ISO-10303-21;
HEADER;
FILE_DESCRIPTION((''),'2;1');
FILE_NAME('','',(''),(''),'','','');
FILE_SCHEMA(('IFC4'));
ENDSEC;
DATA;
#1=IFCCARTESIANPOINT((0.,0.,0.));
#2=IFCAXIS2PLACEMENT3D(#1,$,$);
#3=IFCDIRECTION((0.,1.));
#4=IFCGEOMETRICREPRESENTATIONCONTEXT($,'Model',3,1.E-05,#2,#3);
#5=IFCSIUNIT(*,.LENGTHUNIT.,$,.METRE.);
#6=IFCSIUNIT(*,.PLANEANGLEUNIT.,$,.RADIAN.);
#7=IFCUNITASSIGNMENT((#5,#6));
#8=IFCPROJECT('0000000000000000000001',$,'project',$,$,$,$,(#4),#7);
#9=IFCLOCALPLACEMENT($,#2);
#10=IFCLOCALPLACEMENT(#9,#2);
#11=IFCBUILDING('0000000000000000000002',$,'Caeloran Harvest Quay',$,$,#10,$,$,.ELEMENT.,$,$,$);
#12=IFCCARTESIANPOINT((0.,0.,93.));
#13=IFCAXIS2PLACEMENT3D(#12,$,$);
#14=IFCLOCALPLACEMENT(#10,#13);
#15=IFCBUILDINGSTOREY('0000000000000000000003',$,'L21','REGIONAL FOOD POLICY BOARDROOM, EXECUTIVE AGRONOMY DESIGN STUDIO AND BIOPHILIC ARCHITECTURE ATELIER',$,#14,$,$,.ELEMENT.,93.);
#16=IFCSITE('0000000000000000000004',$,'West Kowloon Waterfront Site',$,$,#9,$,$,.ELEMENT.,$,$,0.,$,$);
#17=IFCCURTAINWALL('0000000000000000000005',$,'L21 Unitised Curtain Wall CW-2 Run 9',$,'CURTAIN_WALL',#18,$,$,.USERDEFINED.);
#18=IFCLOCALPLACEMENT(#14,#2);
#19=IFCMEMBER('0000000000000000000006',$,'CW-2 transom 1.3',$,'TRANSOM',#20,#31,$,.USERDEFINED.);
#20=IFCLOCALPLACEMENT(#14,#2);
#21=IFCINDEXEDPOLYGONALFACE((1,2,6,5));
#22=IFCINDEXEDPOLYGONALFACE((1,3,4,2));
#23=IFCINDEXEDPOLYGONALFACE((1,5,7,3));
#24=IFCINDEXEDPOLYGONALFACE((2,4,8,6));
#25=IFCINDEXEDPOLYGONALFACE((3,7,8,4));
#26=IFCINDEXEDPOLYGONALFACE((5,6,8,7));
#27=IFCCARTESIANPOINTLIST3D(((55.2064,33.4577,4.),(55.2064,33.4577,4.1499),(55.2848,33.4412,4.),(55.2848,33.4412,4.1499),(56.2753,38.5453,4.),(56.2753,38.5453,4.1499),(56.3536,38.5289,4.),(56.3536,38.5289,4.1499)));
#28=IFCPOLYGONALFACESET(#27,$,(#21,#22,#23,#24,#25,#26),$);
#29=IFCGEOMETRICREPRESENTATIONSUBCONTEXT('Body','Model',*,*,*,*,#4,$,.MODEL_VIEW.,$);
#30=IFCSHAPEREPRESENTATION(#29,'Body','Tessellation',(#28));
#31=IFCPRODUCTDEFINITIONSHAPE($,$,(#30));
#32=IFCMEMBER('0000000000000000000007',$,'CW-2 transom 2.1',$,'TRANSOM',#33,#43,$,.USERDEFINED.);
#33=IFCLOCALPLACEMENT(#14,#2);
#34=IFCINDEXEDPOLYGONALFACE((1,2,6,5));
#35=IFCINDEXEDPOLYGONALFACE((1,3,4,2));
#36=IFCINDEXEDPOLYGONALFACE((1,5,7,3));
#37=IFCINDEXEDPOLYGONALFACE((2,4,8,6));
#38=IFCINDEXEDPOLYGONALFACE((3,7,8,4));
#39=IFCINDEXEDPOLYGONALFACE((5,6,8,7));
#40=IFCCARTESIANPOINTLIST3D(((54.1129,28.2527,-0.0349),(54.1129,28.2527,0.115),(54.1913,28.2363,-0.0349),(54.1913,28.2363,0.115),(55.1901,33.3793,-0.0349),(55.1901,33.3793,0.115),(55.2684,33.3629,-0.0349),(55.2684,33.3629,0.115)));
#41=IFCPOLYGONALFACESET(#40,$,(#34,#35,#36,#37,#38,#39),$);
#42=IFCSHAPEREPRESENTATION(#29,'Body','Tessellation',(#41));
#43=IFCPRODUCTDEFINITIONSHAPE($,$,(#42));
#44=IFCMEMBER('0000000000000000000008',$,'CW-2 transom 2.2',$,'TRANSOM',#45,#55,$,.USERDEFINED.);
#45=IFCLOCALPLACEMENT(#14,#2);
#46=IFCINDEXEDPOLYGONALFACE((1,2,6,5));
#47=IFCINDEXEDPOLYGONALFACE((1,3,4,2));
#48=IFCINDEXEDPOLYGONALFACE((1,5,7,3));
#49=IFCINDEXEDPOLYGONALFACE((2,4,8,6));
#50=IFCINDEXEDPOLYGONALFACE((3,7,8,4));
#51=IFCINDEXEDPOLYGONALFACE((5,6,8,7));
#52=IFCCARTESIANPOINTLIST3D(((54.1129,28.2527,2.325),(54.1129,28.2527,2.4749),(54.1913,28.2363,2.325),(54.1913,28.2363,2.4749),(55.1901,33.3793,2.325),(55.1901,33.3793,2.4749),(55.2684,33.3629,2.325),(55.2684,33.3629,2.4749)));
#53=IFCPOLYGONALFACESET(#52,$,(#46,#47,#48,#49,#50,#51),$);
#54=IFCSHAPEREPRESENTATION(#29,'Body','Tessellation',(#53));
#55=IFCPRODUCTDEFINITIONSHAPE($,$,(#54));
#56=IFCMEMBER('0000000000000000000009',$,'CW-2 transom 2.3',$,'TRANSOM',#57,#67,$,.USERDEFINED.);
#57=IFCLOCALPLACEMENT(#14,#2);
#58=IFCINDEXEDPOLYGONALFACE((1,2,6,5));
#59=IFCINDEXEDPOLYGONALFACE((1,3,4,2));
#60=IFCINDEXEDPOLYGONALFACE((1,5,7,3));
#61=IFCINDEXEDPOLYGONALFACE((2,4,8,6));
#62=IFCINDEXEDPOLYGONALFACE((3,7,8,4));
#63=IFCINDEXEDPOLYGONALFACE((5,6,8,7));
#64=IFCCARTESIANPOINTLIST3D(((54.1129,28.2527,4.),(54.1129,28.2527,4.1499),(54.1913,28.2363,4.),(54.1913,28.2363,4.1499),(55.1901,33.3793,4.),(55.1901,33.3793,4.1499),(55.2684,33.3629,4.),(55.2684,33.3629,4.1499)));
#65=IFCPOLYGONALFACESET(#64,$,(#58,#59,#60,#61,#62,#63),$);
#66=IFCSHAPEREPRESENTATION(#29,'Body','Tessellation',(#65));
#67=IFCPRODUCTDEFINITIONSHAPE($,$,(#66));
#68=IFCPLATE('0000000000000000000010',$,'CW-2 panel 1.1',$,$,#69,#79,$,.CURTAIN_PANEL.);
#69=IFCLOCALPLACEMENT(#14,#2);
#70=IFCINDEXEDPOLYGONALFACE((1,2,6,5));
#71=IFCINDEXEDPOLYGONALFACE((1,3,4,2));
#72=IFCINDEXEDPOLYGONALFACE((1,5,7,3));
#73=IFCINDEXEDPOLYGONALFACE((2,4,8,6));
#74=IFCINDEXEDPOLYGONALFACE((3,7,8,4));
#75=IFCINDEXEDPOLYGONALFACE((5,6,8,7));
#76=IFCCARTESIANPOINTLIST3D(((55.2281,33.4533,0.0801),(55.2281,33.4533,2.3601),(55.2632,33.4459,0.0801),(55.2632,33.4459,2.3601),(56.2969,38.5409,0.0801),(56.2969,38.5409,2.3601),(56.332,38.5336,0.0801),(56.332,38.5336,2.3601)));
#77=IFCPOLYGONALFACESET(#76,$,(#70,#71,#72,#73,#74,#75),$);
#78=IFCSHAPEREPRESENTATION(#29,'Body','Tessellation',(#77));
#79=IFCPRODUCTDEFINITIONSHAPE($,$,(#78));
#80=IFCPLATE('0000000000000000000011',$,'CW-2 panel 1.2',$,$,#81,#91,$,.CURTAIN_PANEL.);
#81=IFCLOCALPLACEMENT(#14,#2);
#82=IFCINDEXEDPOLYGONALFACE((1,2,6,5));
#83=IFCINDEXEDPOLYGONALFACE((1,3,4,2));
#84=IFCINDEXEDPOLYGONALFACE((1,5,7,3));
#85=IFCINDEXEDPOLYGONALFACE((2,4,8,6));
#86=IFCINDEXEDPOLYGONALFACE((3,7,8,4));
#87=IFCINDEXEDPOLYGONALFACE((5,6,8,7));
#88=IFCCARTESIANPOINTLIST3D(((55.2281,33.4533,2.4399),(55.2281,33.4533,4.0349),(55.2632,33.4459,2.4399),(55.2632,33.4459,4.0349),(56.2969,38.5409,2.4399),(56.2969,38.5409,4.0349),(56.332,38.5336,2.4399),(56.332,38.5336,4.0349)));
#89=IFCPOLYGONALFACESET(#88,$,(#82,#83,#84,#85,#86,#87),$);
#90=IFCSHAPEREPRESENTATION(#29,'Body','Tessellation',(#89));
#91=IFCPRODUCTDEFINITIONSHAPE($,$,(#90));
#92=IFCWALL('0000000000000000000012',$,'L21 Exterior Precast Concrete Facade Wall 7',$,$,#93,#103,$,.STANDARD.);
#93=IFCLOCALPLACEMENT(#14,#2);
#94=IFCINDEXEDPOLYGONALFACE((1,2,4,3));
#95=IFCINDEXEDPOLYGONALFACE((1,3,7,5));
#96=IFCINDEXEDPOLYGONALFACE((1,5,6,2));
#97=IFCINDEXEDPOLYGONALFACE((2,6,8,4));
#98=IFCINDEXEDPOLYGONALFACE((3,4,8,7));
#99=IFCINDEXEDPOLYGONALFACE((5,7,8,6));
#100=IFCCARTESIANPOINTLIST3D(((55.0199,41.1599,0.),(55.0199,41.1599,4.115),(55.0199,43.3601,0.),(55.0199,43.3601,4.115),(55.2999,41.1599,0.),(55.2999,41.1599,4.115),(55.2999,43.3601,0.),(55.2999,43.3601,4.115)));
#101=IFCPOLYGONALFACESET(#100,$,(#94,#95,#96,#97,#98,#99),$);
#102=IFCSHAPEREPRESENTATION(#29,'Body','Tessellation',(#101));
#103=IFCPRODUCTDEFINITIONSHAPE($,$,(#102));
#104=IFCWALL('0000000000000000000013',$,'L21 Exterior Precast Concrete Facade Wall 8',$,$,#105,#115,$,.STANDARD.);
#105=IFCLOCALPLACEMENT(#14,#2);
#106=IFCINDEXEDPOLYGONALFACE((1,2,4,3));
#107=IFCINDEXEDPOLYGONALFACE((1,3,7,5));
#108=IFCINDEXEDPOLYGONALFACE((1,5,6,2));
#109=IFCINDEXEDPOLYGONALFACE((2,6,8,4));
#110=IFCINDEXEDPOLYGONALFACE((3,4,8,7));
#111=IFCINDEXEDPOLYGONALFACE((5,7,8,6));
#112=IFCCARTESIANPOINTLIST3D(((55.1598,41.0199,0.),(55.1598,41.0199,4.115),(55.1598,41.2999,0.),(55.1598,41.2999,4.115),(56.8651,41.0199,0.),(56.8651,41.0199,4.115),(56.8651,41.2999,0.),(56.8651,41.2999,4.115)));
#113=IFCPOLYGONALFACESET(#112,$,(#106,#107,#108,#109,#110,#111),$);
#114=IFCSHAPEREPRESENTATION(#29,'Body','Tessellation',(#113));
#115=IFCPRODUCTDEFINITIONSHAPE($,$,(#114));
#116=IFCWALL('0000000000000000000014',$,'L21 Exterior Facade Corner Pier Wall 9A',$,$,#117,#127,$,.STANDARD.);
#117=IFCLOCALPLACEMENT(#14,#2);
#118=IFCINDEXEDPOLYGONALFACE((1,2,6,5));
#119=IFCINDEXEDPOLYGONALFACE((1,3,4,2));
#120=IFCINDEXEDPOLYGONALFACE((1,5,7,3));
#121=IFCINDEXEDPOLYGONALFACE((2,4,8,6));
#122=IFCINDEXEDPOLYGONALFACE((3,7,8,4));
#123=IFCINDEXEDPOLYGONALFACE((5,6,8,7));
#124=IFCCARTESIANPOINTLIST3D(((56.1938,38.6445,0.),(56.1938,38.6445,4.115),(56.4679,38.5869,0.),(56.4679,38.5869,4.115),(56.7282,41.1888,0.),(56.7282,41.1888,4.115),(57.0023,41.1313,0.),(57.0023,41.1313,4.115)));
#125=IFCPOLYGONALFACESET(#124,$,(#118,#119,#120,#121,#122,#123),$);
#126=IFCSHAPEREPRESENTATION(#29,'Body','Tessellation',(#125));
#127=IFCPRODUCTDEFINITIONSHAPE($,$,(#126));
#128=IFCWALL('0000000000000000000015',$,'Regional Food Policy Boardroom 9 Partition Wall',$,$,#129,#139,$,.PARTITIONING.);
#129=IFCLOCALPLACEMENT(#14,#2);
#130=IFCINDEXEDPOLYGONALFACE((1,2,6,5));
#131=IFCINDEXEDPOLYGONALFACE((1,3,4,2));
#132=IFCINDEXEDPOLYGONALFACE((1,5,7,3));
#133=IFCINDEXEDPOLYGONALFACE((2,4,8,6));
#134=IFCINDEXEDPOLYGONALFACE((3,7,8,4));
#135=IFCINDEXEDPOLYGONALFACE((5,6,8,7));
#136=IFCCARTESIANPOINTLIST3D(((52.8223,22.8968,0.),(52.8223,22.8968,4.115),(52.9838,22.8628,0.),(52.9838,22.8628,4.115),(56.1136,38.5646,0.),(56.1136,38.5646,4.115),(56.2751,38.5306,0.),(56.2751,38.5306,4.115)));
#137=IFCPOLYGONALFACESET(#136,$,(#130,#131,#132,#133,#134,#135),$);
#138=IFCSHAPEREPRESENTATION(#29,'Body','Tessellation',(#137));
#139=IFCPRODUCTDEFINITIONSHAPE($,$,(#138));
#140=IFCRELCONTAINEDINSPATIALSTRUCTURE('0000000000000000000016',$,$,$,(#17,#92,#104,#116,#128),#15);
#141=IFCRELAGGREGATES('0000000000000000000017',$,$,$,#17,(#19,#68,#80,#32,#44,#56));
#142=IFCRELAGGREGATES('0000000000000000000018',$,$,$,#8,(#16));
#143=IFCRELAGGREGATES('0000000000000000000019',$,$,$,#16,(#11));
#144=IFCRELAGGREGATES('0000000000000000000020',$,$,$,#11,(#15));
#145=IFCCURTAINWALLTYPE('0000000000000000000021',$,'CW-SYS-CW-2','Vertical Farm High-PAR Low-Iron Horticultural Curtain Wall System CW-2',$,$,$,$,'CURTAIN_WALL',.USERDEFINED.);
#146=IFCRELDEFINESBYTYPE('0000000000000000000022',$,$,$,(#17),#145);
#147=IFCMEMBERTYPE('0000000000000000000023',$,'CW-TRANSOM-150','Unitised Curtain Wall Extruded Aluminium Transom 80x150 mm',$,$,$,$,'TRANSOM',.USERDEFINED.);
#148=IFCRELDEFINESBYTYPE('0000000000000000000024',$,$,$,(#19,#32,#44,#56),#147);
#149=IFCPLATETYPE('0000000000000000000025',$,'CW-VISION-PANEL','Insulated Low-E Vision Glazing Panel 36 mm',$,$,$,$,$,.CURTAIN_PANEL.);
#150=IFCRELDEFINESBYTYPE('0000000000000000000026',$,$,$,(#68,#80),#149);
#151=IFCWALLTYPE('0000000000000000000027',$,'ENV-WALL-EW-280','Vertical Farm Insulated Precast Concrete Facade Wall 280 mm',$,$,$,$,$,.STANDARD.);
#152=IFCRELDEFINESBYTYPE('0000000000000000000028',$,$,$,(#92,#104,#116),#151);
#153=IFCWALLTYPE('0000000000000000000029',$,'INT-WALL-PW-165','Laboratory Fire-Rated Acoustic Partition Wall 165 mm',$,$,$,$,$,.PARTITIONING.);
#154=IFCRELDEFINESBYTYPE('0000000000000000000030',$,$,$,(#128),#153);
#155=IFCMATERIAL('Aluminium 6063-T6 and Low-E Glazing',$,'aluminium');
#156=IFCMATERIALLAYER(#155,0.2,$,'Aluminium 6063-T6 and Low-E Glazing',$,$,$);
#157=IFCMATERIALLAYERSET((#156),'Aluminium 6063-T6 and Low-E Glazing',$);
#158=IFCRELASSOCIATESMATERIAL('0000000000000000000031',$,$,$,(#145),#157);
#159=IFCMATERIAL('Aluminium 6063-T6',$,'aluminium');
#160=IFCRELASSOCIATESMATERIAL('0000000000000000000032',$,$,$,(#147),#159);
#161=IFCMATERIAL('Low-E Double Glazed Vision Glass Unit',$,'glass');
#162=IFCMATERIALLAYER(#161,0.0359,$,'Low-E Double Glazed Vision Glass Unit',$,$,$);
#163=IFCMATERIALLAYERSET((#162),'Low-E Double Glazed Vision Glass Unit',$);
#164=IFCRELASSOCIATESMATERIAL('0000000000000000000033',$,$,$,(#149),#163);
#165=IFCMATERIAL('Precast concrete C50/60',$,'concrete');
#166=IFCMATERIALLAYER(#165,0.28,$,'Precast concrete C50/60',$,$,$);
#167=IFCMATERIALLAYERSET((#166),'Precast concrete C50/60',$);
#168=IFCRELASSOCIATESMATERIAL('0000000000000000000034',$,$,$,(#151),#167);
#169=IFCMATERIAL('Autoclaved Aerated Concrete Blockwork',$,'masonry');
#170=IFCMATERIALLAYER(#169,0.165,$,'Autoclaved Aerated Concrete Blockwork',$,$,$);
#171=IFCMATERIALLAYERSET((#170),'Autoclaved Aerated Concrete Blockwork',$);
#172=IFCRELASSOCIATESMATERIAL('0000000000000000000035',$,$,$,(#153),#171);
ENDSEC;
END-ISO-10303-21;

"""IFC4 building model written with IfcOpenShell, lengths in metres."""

from ifc_helpers import new_model, si_unit, direction, frame, frame_2d, origin, origin_2d, place, context, subcontext, project, spatial, rectangle, extrude, material, layer, layer_set, material_profile, profile_set, type_object, element, aggregate, save


model = new_model("IFC4")

# Units and contexts
model_context = context("Model", 3, precision=1e-05, world=origin(), true_north=direction((0.0, 1.0)))
body_context = subcontext(model_context, "Body", "Model", "MODEL_VIEW")
ifc_project = project(units=[si_unit("LENGTHUNIT", "METRE"), si_unit("PLANEANGLEUNIT", "RADIAN")], contexts=[model_context])

# Site, building, storey
site_placement = place(None, origin())
site = spatial("IfcSite", under=ifc_project, at=site_placement, Name="West Kowloon Waterfront Site", CompositionType="ELEMENT", RefElevation=0.0)
building_placement = place(site_placement, origin())
building = spatial("IfcBuilding", under=site, at=building_placement, Name="Caeloran Harvest Quay", CompositionType="ELEMENT")
storey_placement = place(building_placement, frame((0.0, 0.0, 93.0)))
storey = spatial("IfcBuildingStorey", under=building, at=storey_placement, Name="L21", Description="REGIONAL FOOD POLICY BOARDROOM, EXECUTIVE AGRONOMY DESIGN STUDIO AND BIOPHILIC ARCHITECTURE ATELIER", CompositionType="ELEMENT", Elevation=93.0)

# Curtain wall, members, plates
ifc_material_1 = material(Name="Aluminium 6063-T6 and Low-E Glazing", Category="aluminium")
ifc_layer_1 = layer(ifc_material_1, 0.2, Name="Aluminium 6063-T6 and Low-E Glazing")
ifc_layer_set_1 = layer_set([ifc_layer_1], Name="Aluminium 6063-T6 and Low-E Glazing")
curtain_wall_type = type_object("IfcCurtainWallType", Name="CW-SYS-CW-2", Description="Vertical Farm High-PAR Low-Iron Horticultural Curtain Wall System CW-2", ElementType="CURTAIN_WALL", PredefinedType="USERDEFINED", material=ifc_layer_set_1)
curtain_wall_placement = place(storey_placement, origin())
curtain_wall = element("IfcCurtainWall", 1, at=curtain_wall_placement, inside=storey, type_object=curtain_wall_type, Name="L21 Unitised Curtain Wall CW-2 Run 9", ObjectType="CURTAIN_WALL", PredefinedType="USERDEFINED")
ifc_material_2 = material(Name="Aluminium 6063-T6", Category="aluminium")
ifc_material_profile_1 = material_profile(ifc_material_2, rectangle(XDim=0.0801, YDim=0.1499, at=origin_2d()), Name="CW-TRANSOM-150")
ifc_profile_set_1 = profile_set([ifc_material_profile_1], Name="Aluminium 6063-T6")
member_type_1 = type_object("IfcMemberType", Name="CW-TRANSOM-150", Description="Unitised Curtain Wall Extruded Aluminium Transom 80x150 mm", ElementType="TRANSOM", PredefinedType="USERDEFINED", material=ifc_profile_set_1)
member_1_placement = place(storey_placement, frame((56.3145, 38.5371, 4.075), z_axis=(-0.205599, -0.978636, 0.0), x_axis=(0.978636, -0.205599, 0.0)))
member_1 = element("IfcMember", 2, at=member_1_placement, type_object=member_type_1, Name="CW-2 transom 1.3", ObjectType="TRANSOM", PredefinedType="USERDEFINED", context=body_context, shape_type="SweptSolid", body=[
    extrude(rectangle(XDim=0.0801, YDim=0.1499, at=origin_2d()), origin(), (0.0, 0.0, 1.0), 5.1987),
])
member_2_placement = place(storey_placement, frame((55.2292, 33.3711, 0.04), z_axis=(-0.205616, -0.978633, 0.0), x_axis=(0.978633, -0.205616, 0.0)))
member_2 = element("IfcMember", 3, at=member_2_placement, type_object=member_type_1, Name="CW-2 transom 2.1", ObjectType="TRANSOM", PredefinedType="USERDEFINED", context=body_context, shape_type="SweptSolid", body=[
    extrude(rectangle(XDim=0.0801, YDim=0.1499, at=origin_2d()), origin(), (0.0, 0.0, 1.0), 5.2385),
])
member_3_placement = place(storey_placement, frame((55.2292, 33.3711, 2.3999), z_axis=(-0.205616, -0.978633, 0.0), x_axis=(0.978633, -0.205616, 0.0)))
member_3 = element("IfcMember", 4, at=member_3_placement, type_object=member_type_1, Name="CW-2 transom 2.2", ObjectType="TRANSOM", PredefinedType="USERDEFINED", context=body_context, shape_type="SweptSolid", body=[
    extrude(rectangle(XDim=0.0801, YDim=0.1499, at=origin_2d()), origin(), (0.0, 0.0, 1.0), 5.2385),
])
member_4_placement = place(storey_placement, frame((55.2292, 33.3711, 4.075), z_axis=(-0.205616, -0.978633, 0.0), x_axis=(0.978633, -0.205616, 0.0)))
member_4 = element("IfcMember", 5, at=member_4_placement, type_object=member_type_1, Name="CW-2 transom 2.3", ObjectType="TRANSOM", PredefinedType="USERDEFINED", context=body_context, shape_type="SweptSolid", body=[
    extrude(rectangle(XDim=0.0801, YDim=0.1499, at=origin_2d()), origin(), (0.0, 0.0, 1.0), 5.2385),
])
ifc_material_3 = material(Name="Low-E Double Glazed Vision Glass Unit", Category="glass")
ifc_layer_2 = layer(ifc_material_3, 0.0359, Name="Low-E Double Glazed Vision Glass Unit")
ifc_layer_set_2 = layer_set([ifc_layer_2], Name="Low-E Double Glazed Vision Glass Unit")
plate_type = type_object("IfcPlateType", Name="CW-VISION-PANEL", Description="Insulated Low-E Vision Glazing Panel 36 mm", PredefinedType="CURTAIN_PANEL", material=ifc_layer_set_2)
plate_1_placement = place(storey_placement, frame((55.78, 35.9934, 0.0801), z_axis=(0.0, 0.0, 1.0), x_axis=(-0.205583, -0.97864, 0.0)))
plate_1 = element("IfcPlate", 6, at=plate_1_placement, type_object=plate_type, Name="CW-2 panel 1.1", PredefinedType="CURTAIN_PANEL", context=body_context, shape_type="SweptSolid", body=[
    extrude(rectangle(XDim=5.1987, YDim=0.0359, at=origin_2d()), origin(), (0.0, 0.0, 1.0), 2.28),
])
plate_2_placement = place(storey_placement, frame((55.78, 35.9934, 2.4399), z_axis=(0.0, 0.0, 1.0), x_axis=(-0.205583, -0.97864, 0.0)))
plate_2 = element("IfcPlate", 7, at=plate_2_placement, type_object=plate_type, Name="CW-2 panel 1.2", PredefinedType="CURTAIN_PANEL", context=body_context, shape_type="SweptSolid", body=[
    extrude(rectangle(XDim=5.1987, YDim=0.0359, at=origin_2d()), origin(), (0.0, 0.0, 1.0), 1.595),
])
aggregate(curtain_wall, [member_1, plate_1, plate_2, member_2, member_3, member_4])

# Walls
ifc_material_4 = material(Name="Precast concrete C50/60", Category="concrete")
ifc_layer_3 = layer(ifc_material_4, 0.28, Name="Precast concrete C50/60")
ifc_layer_set_3 = layer_set([ifc_layer_3], Name="Precast concrete C50/60")
wall_type_1 = type_object("IfcWallType", Name="ENV-WALL-EW-280", Description="Vertical Farm Insulated Precast Concrete Facade Wall 280 mm", PredefinedType="STANDARD", material=ifc_layer_set_3)
wall_1_placement = place(storey_placement, frame((55.1599, 43.3601, 0.0), z_axis=(0.0, 0.0, 1.0), x_axis=(0.0, -1.0, 0.0)))
element("IfcWall", 8, at=wall_1_placement, inside=storey, type_object=wall_type_1, Name="L21 Exterior Precast Concrete Facade Wall 7", PredefinedType="STANDARD", context=body_context, shape_type="SweptSolid", body=[
    extrude(rectangle(XDim=2.2002, YDim=0.28, at=frame_2d((1.1001, 0.0))), origin(), (0.0, 0.0, 1.0), 4.115),
])
wall_2_placement = place(storey_placement, frame((55.1599, 41.1599, 0.0), z_axis=(0.0, 0.0, 1.0), x_axis=(1.0, 0.0, 0.0)))
element("IfcWall", 9, at=wall_2_placement, inside=storey, type_object=wall_type_1, Name="L21 Exterior Precast Concrete Facade Wall 8", PredefinedType="STANDARD", context=body_context, shape_type="SweptSolid", body=[
    extrude(rectangle(XDim=1.7053, YDim=0.28, at=frame_2d((0.8525, 0.0))), origin(), (0.0, 0.0, 1.0), 4.115),
])
wall_3_placement = place(storey_placement, frame((56.8652, 41.1599, 0.0), z_axis=(0.0, 0.0, 1.0), x_axis=(-0.205551, -0.978646, 0.0)))
element("IfcWall", 10, at=wall_3_placement, inside=storey, type_object=wall_type_1, Name="L21 Exterior Facade Corner Pier Wall 9A", PredefinedType="STANDARD", context=body_context, shape_type="SweptSolid", body=[
    extrude(rectangle(XDim=2.5999, YDim=0.28, at=frame_2d((1.2998, 0.0))), origin(), (0.0, 0.0, 1.0), 4.115),
])
ifc_material_5 = material(Name="Autoclaved Aerated Concrete Blockwork", Category="masonry")
ifc_layer_4 = layer(ifc_material_5, 0.165, Name="Autoclaved Aerated Concrete Blockwork")
ifc_layer_set_4 = layer_set([ifc_layer_4], Name="Autoclaved Aerated Concrete Blockwork")
wall_type_2 = type_object("IfcWallType", Name="INT-WALL-PW-165", Description="Laboratory Fire-Rated Acoustic Partition Wall 165 mm", PredefinedType="PARTITIONING", material=ifc_layer_set_4)
wall_4_placement = place(storey_placement, frame((56.1943, 38.5476, 0.0), z_axis=(0.0, 0.0, 1.0), x_axis=(-0.205579, -0.97864, 0.0)))
element("IfcWall", 11, at=wall_4_placement, inside=storey, type_object=wall_type_2, Name="Regional Food Policy Boardroom 9 Partition Wall", PredefinedType="PARTITIONING", context=body_context, shape_type="SweptSolid", body=[
    extrude(rectangle(XDim=16.0098, YDim=0.165, at=frame_2d((8.0049, 0.0))), origin(), (0.0, 0.0, 1.0), 4.115),
])

save(model, "model.ifc")
